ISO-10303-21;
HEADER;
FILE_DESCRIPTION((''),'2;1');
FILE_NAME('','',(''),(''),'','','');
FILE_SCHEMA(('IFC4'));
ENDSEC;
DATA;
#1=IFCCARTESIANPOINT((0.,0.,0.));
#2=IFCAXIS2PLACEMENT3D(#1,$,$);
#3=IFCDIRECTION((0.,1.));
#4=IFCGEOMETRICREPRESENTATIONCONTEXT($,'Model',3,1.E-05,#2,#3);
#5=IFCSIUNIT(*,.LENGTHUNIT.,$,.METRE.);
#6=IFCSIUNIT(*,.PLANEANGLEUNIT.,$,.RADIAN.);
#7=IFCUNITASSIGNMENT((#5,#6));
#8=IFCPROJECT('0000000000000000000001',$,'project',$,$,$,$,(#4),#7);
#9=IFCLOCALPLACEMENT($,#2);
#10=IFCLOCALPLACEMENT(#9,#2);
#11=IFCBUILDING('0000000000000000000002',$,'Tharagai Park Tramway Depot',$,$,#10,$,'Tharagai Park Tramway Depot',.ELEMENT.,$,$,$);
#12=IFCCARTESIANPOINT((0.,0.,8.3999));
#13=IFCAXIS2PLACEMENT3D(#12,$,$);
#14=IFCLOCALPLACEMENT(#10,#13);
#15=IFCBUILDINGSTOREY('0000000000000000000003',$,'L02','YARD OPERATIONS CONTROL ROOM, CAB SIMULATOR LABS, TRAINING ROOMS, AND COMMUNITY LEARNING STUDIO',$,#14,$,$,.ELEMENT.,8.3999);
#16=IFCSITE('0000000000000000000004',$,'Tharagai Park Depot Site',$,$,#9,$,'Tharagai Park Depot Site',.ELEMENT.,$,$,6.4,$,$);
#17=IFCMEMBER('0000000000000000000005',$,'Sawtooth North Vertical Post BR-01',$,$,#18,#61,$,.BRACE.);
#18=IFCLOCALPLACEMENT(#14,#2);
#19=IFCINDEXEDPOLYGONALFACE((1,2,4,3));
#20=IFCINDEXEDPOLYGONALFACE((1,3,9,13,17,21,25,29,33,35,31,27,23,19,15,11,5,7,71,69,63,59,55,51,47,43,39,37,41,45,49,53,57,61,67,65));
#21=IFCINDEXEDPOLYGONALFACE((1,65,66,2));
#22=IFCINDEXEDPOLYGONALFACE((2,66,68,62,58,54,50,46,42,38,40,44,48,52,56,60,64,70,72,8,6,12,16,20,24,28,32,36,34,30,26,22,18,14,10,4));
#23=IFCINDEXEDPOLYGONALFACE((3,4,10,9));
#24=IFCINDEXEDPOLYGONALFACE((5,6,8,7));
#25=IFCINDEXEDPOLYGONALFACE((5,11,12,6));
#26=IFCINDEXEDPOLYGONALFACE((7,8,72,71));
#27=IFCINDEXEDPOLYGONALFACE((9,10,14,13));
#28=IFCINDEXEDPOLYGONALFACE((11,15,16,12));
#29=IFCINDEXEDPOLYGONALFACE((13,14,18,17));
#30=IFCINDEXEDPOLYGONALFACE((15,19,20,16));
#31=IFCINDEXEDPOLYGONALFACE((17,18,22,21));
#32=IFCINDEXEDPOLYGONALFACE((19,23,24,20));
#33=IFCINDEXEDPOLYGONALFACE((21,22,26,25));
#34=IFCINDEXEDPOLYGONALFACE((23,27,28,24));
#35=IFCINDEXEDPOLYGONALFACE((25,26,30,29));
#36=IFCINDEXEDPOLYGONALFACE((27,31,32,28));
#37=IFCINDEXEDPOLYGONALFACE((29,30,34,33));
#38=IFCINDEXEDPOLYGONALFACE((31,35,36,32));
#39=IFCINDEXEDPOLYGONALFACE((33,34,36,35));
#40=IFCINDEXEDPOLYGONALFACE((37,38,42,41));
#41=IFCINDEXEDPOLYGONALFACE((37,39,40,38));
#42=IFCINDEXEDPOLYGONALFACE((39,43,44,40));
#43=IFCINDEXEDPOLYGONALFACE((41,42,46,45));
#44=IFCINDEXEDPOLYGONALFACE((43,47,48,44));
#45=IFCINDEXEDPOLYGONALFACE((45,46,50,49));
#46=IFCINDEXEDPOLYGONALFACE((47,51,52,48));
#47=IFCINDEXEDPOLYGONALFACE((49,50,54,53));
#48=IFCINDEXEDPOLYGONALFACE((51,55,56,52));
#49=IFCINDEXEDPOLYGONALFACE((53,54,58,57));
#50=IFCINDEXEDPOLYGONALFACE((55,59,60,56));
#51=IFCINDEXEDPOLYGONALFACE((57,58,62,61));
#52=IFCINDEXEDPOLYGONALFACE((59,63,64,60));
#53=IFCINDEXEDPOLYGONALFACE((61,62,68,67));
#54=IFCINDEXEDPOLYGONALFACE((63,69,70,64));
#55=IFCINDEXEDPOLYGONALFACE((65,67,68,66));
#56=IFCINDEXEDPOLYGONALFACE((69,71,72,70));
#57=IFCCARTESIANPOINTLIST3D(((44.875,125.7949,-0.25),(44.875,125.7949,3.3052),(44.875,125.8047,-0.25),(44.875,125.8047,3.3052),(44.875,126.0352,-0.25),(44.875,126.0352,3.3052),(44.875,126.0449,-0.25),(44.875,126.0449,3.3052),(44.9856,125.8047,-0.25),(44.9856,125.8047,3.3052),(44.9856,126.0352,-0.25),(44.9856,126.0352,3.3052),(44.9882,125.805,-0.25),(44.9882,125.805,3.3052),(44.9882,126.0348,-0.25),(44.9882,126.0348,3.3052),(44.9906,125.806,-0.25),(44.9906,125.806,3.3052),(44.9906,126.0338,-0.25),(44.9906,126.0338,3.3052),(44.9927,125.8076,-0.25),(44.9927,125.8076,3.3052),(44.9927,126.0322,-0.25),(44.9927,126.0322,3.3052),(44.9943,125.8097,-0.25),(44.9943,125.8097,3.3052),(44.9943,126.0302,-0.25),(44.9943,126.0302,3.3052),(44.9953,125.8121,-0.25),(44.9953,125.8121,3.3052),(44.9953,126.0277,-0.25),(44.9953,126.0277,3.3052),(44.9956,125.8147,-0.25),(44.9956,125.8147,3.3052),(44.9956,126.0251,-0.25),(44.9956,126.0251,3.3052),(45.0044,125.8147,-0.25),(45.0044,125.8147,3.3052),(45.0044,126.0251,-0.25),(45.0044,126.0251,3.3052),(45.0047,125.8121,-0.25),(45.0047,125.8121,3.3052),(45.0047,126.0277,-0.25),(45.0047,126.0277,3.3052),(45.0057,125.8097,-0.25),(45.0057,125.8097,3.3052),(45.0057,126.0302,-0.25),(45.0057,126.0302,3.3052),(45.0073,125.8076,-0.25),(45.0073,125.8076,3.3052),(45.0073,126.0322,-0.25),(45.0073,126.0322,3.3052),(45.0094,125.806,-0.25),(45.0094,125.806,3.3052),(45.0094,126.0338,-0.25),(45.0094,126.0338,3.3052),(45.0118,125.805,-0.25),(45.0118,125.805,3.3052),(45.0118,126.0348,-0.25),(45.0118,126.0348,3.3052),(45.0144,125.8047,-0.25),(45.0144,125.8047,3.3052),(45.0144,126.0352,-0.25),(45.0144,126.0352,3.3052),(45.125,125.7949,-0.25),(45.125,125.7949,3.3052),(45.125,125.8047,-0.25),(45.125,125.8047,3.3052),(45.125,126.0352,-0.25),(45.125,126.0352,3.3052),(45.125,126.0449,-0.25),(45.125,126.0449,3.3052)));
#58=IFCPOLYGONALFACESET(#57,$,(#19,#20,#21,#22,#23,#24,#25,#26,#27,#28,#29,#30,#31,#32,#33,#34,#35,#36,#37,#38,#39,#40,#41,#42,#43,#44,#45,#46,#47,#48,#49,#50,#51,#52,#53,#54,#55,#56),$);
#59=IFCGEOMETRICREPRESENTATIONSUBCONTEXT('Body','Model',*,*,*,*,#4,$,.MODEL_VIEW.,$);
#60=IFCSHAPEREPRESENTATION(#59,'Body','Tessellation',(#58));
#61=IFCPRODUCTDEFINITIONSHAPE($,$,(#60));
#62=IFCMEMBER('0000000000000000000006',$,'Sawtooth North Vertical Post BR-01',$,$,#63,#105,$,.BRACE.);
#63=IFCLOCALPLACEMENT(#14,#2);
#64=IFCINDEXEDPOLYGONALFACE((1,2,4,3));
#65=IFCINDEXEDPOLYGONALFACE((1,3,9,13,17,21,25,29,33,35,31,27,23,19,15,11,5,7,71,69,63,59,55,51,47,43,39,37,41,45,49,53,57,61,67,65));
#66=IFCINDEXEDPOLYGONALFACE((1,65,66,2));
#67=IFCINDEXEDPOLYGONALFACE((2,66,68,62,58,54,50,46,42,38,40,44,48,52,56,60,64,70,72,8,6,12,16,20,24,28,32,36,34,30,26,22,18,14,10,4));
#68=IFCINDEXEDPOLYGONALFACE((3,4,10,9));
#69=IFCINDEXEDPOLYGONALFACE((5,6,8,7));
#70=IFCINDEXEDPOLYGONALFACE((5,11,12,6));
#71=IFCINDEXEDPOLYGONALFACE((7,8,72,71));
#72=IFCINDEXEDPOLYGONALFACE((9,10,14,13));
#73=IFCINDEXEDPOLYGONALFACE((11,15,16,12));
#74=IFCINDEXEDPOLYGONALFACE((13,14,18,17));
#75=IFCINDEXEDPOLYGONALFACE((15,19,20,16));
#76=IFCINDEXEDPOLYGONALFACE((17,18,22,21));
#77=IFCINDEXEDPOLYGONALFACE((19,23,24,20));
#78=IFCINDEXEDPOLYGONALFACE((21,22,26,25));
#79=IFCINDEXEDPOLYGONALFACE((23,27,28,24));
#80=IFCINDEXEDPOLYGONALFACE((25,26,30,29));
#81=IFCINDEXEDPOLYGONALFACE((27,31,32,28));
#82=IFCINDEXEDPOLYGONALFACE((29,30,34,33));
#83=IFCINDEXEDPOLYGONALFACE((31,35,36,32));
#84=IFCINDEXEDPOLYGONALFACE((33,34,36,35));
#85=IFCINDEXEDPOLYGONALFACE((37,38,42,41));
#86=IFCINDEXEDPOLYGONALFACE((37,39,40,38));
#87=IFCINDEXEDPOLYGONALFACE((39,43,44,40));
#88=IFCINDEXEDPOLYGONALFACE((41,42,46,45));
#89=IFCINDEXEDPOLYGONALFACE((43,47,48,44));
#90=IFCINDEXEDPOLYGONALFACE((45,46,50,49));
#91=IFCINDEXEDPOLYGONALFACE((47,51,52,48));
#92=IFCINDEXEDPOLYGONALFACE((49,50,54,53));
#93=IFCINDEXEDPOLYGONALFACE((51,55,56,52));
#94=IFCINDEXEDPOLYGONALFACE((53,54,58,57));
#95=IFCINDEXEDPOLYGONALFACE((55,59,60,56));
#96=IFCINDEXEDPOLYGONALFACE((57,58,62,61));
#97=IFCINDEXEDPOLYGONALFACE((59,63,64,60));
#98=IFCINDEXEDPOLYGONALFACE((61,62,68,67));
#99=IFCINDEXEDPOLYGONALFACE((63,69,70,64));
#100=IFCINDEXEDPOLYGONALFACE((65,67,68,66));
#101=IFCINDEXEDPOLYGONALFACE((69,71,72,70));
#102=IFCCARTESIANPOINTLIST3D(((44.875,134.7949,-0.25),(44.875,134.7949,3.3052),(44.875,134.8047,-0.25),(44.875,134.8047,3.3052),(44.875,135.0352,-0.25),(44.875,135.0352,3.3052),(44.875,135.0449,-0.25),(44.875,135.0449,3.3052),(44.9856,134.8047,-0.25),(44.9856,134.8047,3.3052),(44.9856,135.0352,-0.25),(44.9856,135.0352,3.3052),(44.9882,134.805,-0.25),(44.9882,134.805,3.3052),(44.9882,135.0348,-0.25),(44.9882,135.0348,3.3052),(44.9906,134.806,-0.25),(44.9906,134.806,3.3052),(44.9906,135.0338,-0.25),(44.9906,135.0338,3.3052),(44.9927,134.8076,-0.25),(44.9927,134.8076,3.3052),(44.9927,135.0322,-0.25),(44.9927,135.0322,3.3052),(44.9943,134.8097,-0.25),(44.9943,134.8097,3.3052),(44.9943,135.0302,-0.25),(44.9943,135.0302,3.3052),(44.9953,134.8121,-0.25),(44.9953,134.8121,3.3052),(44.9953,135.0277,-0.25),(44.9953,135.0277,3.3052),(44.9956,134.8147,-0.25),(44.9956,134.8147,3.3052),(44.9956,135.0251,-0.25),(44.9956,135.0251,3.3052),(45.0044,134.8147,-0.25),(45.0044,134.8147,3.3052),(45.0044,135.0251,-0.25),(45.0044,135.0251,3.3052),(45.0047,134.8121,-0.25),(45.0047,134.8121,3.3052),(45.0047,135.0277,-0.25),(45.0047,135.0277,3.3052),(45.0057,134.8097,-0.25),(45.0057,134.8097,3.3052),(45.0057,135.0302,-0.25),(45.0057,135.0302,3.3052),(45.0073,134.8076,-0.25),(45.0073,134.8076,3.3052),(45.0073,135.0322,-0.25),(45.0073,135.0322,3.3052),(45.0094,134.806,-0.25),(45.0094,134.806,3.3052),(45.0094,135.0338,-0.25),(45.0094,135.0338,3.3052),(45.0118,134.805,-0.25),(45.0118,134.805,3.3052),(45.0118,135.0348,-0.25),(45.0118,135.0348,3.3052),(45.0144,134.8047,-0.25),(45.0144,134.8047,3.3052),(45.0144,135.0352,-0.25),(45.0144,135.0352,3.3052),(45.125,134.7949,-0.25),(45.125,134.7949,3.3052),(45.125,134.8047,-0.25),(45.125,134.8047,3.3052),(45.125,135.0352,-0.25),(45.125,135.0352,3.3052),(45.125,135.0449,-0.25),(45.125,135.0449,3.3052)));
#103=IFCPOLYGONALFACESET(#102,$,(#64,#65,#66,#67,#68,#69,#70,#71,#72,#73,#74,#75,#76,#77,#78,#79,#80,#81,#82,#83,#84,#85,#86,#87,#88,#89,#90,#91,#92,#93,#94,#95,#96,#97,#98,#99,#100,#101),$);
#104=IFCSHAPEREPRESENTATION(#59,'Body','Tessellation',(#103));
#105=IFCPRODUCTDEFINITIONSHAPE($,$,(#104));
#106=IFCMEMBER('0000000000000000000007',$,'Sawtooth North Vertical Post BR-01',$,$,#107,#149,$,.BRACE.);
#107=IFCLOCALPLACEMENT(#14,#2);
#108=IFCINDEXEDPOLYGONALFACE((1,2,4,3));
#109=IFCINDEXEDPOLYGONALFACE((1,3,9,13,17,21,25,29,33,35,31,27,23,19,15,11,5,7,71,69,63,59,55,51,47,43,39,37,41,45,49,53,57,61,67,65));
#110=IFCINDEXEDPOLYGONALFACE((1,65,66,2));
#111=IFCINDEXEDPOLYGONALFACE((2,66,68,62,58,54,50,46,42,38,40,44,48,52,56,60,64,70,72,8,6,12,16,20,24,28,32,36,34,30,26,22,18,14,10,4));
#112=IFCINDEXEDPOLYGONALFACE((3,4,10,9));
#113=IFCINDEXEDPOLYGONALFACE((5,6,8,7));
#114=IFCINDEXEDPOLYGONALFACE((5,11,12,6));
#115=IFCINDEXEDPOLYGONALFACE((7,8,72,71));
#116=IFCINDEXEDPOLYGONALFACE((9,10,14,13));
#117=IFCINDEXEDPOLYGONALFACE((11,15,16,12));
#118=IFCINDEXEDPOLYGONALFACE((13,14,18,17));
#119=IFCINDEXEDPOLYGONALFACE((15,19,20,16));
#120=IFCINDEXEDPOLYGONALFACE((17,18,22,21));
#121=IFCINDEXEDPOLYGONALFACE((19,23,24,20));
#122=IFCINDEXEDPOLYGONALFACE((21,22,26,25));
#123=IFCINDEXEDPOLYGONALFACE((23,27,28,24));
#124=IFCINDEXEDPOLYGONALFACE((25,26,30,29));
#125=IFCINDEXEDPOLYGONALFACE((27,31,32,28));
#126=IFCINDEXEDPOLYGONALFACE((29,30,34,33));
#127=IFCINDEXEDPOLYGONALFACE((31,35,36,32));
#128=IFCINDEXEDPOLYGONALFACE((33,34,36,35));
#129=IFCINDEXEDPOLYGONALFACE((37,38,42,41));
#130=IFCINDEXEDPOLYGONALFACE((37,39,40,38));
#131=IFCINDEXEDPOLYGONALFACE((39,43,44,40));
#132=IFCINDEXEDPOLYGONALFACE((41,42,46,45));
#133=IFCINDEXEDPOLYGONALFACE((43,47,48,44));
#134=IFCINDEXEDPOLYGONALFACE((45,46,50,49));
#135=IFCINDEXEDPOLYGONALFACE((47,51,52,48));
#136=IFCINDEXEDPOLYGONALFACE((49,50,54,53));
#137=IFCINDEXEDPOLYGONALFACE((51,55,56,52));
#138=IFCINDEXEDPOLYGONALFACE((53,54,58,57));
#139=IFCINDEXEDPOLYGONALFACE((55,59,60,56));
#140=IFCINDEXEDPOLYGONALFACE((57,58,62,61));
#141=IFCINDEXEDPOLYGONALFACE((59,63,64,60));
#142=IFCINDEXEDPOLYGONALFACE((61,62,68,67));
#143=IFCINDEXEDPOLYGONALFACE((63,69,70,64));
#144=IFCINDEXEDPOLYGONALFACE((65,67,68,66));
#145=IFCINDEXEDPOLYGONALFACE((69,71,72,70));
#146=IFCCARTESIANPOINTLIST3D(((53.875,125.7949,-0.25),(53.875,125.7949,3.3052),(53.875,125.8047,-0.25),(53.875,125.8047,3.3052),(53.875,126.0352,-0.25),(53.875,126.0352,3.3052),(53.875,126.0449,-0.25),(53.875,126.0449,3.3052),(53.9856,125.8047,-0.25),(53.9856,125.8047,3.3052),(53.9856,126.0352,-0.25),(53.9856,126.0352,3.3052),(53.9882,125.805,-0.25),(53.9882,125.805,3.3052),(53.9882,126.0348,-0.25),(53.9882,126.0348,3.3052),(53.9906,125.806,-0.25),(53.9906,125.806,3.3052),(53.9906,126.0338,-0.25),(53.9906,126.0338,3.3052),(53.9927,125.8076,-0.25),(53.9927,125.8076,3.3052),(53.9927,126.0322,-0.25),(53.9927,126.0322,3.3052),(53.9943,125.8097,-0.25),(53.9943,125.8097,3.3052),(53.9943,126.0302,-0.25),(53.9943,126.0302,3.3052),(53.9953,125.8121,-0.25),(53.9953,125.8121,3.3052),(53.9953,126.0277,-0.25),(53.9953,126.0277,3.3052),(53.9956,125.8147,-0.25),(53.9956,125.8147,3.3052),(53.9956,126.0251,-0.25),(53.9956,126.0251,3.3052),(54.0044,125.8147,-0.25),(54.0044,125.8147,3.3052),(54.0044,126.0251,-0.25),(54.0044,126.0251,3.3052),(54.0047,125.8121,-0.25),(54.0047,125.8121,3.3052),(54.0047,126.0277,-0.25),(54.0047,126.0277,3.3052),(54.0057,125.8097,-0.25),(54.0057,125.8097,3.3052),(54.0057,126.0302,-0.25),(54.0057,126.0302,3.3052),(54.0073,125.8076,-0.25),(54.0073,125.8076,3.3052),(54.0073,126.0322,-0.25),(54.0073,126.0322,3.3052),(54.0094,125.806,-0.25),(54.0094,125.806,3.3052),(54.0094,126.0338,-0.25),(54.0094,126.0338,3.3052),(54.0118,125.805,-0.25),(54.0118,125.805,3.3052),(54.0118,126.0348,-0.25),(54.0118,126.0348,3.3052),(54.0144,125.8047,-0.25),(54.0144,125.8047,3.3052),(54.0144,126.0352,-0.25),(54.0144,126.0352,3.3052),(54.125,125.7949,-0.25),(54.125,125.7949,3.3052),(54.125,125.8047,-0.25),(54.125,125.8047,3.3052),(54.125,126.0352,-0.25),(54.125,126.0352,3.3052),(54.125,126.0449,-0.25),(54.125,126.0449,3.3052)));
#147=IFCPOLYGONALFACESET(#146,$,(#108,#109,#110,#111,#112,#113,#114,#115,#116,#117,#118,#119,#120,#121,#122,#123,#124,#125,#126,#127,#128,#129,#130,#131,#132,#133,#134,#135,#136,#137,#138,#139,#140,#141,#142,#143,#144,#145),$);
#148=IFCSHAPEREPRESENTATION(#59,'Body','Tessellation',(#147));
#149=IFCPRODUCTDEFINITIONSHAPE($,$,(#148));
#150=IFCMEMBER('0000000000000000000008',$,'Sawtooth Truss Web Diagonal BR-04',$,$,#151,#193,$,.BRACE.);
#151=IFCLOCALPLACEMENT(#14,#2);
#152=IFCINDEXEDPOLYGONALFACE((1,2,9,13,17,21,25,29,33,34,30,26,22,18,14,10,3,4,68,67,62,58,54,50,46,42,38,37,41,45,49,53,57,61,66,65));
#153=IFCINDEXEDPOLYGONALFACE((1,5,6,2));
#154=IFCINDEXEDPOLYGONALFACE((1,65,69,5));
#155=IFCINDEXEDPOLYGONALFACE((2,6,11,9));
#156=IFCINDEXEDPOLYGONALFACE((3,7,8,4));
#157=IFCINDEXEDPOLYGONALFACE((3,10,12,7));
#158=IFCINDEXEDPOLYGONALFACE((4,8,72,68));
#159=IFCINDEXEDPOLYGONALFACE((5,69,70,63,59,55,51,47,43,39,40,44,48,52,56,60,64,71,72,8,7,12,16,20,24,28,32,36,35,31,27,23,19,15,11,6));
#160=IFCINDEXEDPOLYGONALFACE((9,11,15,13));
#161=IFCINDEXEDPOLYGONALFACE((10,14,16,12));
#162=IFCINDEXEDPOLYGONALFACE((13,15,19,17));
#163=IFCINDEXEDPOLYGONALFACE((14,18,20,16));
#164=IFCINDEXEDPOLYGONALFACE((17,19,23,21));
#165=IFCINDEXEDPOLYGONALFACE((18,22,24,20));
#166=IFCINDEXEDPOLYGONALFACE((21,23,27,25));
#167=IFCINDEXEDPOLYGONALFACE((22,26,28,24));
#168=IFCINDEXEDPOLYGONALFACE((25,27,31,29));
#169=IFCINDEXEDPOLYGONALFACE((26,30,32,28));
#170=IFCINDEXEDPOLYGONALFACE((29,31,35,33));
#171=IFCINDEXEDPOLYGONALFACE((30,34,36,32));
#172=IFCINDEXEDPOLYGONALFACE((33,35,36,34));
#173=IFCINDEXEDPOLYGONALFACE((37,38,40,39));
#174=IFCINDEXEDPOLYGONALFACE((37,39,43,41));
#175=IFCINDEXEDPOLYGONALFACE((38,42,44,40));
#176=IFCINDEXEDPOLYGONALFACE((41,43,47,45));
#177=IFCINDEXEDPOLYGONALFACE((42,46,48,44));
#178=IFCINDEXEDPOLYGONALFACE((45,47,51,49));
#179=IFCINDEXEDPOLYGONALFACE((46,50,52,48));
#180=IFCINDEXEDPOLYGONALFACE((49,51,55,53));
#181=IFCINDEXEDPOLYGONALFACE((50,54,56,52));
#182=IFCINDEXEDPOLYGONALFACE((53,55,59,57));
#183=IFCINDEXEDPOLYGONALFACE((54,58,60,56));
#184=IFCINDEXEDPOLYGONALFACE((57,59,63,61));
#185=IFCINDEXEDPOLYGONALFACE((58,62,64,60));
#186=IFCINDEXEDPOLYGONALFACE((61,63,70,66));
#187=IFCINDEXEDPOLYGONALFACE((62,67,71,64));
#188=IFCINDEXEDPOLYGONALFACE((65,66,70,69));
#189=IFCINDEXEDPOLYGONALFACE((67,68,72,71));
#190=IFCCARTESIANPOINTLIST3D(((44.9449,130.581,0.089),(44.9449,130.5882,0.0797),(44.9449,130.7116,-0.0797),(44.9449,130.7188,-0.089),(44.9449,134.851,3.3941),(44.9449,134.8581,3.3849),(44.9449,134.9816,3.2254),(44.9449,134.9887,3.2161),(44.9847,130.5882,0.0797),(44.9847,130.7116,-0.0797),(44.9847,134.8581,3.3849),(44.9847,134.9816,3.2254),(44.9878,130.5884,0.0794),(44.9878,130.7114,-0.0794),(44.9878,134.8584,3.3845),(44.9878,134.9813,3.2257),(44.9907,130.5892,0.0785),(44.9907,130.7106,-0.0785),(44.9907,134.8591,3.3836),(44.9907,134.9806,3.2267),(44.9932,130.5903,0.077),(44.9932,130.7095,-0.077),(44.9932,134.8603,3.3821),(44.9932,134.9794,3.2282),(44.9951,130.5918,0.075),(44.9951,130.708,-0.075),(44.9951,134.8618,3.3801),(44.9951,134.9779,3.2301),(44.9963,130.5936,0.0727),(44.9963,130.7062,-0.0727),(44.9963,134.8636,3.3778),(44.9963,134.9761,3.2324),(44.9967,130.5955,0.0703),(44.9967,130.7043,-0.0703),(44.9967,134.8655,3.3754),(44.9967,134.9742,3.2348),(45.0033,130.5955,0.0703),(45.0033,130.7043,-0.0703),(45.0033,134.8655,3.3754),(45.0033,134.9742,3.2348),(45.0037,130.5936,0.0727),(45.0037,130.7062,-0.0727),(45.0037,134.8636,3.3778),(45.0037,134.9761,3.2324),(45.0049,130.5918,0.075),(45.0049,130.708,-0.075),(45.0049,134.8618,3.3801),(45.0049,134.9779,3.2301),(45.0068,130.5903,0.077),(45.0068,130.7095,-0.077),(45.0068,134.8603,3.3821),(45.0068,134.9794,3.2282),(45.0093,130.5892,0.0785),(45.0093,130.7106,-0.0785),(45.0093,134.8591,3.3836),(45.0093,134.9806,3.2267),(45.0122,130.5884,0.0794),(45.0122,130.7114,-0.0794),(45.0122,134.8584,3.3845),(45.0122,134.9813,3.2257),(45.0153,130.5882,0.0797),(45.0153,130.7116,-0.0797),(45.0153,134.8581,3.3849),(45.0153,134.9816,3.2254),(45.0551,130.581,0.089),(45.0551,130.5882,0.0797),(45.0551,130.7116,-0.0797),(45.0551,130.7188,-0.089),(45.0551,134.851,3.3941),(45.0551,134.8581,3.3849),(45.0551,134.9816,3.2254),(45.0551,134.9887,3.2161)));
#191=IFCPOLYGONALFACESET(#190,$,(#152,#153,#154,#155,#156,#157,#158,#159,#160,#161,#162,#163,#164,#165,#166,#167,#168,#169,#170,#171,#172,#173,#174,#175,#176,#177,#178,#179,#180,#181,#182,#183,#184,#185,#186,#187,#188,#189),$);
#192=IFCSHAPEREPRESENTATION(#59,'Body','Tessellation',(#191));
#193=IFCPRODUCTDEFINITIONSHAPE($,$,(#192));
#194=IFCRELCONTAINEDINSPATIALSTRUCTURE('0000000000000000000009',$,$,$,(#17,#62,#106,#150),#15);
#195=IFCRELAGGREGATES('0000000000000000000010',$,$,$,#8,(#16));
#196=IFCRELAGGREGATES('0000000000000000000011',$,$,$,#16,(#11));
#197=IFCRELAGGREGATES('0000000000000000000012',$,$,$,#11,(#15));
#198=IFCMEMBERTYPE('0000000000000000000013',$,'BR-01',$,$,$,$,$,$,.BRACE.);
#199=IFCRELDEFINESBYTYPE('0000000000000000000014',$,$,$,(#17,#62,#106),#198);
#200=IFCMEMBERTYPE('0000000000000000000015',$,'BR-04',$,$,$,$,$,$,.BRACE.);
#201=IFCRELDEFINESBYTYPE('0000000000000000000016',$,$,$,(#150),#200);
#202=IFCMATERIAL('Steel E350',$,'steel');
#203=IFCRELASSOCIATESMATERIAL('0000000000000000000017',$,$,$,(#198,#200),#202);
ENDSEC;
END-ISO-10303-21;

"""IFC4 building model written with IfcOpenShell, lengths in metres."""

from ifc_helpers import new_model, si_unit, direction, frame, origin, origin_2d, place, context, subcontext, project, spatial, i_section, extrude, material, material_profile, profile_set, type_object, element, save


model = new_model("IFC4")

# Units and contexts
model_context = context("Model", 3, precision=1e-05, world=origin(), true_north=direction((0.0, 1.0)))
body_context = subcontext(model_context, "Body", "Model", "MODEL_VIEW")
ifc_project = project(units=[si_unit("LENGTHUNIT", "METRE"), si_unit("PLANEANGLEUNIT", "RADIAN")], contexts=[model_context])

# Site, building, storey
site_placement = place(None, origin())
site = spatial("IfcSite", under=ifc_project, at=site_placement, Name="Tharagai Park Depot Site", LongName="Tharagai Park Depot Site", CompositionType="ELEMENT", RefElevation=6.4)
building_placement = place(site_placement, origin())
building = spatial("IfcBuilding", under=site, at=building_placement, Name="Tharagai Park Tramway Depot", LongName="Tharagai Park Tramway Depot", CompositionType="ELEMENT")
storey_placement = place(building_placement, frame((0.0, 0.0, 8.3999)))
storey = spatial("IfcBuildingStorey", under=building, at=storey_placement, Name="L02", Description="YARD OPERATIONS CONTROL ROOM, CAB SIMULATOR LABS, TRAINING ROOMS, AND COMMUNITY LEARNING STUDIO", CompositionType="ELEMENT", Elevation=8.3999)

# Members
ifc_material_1 = material(Name="Steel E350", Category="steel")
ifc_material_profile_1 = material_profile(ifc_material_1, i_section(OverallWidth=0.25, OverallDepth=0.25, WebThickness=0.0088, FlangeThickness=0.0098, FilletRadius=0.01, at=origin_2d()), Name="ISHB 250")
ifc_profile_set_1 = profile_set([ifc_material_profile_1], Name="Steel E350")
member_type_1 = type_object("IfcMemberType", Name="BR-01", PredefinedType="BRACE", material=ifc_profile_set_1)
for number, where, z_axis, x_axis, name in (
    (1, (45.0, 125.9199, -0.25), (0.0, 0.0, 1.0), (1.0, 0.0, 0.0), "Sawtooth North Vertical Post BR-01"),
    (2, (45.0, 134.9199, -0.25), (0.0, 0.0, 1.0), (1.0, 0.0, 0.0), "Sawtooth North Vertical Post BR-01"),
    (3, (54.0, 125.9199, -0.25), (0.0, 0.0, 1.0), (1.0, 0.0, 0.0), "Sawtooth North Vertical Post BR-01"),
):
    element("IfcMember", number, at=place(storey_placement, frame(where, z_axis=z_axis, x_axis=x_axis)), inside=storey, type_object=member_type_1, Name=name, PredefinedType="BRACE", context=body_context, shape_type="SweptSolid", body=[
        extrude(i_section(OverallWidth=0.25, OverallDepth=0.25, WebThickness=0.0088, FlangeThickness=0.0098, FilletRadius=0.01, at=origin_2d()), origin(), (0.0, 0.0, 1.0), 3.5552),
    ])
ifc_material_profile_2 = material_profile(ifc_material_1, i_section(OverallWidth=0.1101, OverallDepth=0.2251, WebThickness=0.0066, FlangeThickness=0.0117, FilletRadius=0.012, at=origin_2d()), Name="ISMB 225")
ifc_profile_set_2 = profile_set([ifc_material_profile_2], Name="Steel E350")
member_type_2 = type_object("IfcMemberType", Name="BR-04", PredefinedType="BRACE", material=ifc_profile_set_2)
member_1_placement = place(storey_placement, frame((45.0, 130.6499, 0.0), z_axis=(0.0, 0.790782, 0.612098), x_axis=(-1.0, 0.0, 0.0)))
element("IfcMember", 4, at=member_1_placement, inside=storey, type_object=member_type_2, Name="Sawtooth Truss Web Diagonal BR-04", PredefinedType="BRACE", context=body_context, shape_type="SweptSolid", body=[
    extrude(i_section(OverallWidth=0.1101, OverallDepth=0.2251, WebThickness=0.0066, FlangeThickness=0.0117, FilletRadius=0.012, at=origin_2d()), origin(), (0.0, 0.0, 1.0), 5.3997),
])

save(model, "model.ifc")
